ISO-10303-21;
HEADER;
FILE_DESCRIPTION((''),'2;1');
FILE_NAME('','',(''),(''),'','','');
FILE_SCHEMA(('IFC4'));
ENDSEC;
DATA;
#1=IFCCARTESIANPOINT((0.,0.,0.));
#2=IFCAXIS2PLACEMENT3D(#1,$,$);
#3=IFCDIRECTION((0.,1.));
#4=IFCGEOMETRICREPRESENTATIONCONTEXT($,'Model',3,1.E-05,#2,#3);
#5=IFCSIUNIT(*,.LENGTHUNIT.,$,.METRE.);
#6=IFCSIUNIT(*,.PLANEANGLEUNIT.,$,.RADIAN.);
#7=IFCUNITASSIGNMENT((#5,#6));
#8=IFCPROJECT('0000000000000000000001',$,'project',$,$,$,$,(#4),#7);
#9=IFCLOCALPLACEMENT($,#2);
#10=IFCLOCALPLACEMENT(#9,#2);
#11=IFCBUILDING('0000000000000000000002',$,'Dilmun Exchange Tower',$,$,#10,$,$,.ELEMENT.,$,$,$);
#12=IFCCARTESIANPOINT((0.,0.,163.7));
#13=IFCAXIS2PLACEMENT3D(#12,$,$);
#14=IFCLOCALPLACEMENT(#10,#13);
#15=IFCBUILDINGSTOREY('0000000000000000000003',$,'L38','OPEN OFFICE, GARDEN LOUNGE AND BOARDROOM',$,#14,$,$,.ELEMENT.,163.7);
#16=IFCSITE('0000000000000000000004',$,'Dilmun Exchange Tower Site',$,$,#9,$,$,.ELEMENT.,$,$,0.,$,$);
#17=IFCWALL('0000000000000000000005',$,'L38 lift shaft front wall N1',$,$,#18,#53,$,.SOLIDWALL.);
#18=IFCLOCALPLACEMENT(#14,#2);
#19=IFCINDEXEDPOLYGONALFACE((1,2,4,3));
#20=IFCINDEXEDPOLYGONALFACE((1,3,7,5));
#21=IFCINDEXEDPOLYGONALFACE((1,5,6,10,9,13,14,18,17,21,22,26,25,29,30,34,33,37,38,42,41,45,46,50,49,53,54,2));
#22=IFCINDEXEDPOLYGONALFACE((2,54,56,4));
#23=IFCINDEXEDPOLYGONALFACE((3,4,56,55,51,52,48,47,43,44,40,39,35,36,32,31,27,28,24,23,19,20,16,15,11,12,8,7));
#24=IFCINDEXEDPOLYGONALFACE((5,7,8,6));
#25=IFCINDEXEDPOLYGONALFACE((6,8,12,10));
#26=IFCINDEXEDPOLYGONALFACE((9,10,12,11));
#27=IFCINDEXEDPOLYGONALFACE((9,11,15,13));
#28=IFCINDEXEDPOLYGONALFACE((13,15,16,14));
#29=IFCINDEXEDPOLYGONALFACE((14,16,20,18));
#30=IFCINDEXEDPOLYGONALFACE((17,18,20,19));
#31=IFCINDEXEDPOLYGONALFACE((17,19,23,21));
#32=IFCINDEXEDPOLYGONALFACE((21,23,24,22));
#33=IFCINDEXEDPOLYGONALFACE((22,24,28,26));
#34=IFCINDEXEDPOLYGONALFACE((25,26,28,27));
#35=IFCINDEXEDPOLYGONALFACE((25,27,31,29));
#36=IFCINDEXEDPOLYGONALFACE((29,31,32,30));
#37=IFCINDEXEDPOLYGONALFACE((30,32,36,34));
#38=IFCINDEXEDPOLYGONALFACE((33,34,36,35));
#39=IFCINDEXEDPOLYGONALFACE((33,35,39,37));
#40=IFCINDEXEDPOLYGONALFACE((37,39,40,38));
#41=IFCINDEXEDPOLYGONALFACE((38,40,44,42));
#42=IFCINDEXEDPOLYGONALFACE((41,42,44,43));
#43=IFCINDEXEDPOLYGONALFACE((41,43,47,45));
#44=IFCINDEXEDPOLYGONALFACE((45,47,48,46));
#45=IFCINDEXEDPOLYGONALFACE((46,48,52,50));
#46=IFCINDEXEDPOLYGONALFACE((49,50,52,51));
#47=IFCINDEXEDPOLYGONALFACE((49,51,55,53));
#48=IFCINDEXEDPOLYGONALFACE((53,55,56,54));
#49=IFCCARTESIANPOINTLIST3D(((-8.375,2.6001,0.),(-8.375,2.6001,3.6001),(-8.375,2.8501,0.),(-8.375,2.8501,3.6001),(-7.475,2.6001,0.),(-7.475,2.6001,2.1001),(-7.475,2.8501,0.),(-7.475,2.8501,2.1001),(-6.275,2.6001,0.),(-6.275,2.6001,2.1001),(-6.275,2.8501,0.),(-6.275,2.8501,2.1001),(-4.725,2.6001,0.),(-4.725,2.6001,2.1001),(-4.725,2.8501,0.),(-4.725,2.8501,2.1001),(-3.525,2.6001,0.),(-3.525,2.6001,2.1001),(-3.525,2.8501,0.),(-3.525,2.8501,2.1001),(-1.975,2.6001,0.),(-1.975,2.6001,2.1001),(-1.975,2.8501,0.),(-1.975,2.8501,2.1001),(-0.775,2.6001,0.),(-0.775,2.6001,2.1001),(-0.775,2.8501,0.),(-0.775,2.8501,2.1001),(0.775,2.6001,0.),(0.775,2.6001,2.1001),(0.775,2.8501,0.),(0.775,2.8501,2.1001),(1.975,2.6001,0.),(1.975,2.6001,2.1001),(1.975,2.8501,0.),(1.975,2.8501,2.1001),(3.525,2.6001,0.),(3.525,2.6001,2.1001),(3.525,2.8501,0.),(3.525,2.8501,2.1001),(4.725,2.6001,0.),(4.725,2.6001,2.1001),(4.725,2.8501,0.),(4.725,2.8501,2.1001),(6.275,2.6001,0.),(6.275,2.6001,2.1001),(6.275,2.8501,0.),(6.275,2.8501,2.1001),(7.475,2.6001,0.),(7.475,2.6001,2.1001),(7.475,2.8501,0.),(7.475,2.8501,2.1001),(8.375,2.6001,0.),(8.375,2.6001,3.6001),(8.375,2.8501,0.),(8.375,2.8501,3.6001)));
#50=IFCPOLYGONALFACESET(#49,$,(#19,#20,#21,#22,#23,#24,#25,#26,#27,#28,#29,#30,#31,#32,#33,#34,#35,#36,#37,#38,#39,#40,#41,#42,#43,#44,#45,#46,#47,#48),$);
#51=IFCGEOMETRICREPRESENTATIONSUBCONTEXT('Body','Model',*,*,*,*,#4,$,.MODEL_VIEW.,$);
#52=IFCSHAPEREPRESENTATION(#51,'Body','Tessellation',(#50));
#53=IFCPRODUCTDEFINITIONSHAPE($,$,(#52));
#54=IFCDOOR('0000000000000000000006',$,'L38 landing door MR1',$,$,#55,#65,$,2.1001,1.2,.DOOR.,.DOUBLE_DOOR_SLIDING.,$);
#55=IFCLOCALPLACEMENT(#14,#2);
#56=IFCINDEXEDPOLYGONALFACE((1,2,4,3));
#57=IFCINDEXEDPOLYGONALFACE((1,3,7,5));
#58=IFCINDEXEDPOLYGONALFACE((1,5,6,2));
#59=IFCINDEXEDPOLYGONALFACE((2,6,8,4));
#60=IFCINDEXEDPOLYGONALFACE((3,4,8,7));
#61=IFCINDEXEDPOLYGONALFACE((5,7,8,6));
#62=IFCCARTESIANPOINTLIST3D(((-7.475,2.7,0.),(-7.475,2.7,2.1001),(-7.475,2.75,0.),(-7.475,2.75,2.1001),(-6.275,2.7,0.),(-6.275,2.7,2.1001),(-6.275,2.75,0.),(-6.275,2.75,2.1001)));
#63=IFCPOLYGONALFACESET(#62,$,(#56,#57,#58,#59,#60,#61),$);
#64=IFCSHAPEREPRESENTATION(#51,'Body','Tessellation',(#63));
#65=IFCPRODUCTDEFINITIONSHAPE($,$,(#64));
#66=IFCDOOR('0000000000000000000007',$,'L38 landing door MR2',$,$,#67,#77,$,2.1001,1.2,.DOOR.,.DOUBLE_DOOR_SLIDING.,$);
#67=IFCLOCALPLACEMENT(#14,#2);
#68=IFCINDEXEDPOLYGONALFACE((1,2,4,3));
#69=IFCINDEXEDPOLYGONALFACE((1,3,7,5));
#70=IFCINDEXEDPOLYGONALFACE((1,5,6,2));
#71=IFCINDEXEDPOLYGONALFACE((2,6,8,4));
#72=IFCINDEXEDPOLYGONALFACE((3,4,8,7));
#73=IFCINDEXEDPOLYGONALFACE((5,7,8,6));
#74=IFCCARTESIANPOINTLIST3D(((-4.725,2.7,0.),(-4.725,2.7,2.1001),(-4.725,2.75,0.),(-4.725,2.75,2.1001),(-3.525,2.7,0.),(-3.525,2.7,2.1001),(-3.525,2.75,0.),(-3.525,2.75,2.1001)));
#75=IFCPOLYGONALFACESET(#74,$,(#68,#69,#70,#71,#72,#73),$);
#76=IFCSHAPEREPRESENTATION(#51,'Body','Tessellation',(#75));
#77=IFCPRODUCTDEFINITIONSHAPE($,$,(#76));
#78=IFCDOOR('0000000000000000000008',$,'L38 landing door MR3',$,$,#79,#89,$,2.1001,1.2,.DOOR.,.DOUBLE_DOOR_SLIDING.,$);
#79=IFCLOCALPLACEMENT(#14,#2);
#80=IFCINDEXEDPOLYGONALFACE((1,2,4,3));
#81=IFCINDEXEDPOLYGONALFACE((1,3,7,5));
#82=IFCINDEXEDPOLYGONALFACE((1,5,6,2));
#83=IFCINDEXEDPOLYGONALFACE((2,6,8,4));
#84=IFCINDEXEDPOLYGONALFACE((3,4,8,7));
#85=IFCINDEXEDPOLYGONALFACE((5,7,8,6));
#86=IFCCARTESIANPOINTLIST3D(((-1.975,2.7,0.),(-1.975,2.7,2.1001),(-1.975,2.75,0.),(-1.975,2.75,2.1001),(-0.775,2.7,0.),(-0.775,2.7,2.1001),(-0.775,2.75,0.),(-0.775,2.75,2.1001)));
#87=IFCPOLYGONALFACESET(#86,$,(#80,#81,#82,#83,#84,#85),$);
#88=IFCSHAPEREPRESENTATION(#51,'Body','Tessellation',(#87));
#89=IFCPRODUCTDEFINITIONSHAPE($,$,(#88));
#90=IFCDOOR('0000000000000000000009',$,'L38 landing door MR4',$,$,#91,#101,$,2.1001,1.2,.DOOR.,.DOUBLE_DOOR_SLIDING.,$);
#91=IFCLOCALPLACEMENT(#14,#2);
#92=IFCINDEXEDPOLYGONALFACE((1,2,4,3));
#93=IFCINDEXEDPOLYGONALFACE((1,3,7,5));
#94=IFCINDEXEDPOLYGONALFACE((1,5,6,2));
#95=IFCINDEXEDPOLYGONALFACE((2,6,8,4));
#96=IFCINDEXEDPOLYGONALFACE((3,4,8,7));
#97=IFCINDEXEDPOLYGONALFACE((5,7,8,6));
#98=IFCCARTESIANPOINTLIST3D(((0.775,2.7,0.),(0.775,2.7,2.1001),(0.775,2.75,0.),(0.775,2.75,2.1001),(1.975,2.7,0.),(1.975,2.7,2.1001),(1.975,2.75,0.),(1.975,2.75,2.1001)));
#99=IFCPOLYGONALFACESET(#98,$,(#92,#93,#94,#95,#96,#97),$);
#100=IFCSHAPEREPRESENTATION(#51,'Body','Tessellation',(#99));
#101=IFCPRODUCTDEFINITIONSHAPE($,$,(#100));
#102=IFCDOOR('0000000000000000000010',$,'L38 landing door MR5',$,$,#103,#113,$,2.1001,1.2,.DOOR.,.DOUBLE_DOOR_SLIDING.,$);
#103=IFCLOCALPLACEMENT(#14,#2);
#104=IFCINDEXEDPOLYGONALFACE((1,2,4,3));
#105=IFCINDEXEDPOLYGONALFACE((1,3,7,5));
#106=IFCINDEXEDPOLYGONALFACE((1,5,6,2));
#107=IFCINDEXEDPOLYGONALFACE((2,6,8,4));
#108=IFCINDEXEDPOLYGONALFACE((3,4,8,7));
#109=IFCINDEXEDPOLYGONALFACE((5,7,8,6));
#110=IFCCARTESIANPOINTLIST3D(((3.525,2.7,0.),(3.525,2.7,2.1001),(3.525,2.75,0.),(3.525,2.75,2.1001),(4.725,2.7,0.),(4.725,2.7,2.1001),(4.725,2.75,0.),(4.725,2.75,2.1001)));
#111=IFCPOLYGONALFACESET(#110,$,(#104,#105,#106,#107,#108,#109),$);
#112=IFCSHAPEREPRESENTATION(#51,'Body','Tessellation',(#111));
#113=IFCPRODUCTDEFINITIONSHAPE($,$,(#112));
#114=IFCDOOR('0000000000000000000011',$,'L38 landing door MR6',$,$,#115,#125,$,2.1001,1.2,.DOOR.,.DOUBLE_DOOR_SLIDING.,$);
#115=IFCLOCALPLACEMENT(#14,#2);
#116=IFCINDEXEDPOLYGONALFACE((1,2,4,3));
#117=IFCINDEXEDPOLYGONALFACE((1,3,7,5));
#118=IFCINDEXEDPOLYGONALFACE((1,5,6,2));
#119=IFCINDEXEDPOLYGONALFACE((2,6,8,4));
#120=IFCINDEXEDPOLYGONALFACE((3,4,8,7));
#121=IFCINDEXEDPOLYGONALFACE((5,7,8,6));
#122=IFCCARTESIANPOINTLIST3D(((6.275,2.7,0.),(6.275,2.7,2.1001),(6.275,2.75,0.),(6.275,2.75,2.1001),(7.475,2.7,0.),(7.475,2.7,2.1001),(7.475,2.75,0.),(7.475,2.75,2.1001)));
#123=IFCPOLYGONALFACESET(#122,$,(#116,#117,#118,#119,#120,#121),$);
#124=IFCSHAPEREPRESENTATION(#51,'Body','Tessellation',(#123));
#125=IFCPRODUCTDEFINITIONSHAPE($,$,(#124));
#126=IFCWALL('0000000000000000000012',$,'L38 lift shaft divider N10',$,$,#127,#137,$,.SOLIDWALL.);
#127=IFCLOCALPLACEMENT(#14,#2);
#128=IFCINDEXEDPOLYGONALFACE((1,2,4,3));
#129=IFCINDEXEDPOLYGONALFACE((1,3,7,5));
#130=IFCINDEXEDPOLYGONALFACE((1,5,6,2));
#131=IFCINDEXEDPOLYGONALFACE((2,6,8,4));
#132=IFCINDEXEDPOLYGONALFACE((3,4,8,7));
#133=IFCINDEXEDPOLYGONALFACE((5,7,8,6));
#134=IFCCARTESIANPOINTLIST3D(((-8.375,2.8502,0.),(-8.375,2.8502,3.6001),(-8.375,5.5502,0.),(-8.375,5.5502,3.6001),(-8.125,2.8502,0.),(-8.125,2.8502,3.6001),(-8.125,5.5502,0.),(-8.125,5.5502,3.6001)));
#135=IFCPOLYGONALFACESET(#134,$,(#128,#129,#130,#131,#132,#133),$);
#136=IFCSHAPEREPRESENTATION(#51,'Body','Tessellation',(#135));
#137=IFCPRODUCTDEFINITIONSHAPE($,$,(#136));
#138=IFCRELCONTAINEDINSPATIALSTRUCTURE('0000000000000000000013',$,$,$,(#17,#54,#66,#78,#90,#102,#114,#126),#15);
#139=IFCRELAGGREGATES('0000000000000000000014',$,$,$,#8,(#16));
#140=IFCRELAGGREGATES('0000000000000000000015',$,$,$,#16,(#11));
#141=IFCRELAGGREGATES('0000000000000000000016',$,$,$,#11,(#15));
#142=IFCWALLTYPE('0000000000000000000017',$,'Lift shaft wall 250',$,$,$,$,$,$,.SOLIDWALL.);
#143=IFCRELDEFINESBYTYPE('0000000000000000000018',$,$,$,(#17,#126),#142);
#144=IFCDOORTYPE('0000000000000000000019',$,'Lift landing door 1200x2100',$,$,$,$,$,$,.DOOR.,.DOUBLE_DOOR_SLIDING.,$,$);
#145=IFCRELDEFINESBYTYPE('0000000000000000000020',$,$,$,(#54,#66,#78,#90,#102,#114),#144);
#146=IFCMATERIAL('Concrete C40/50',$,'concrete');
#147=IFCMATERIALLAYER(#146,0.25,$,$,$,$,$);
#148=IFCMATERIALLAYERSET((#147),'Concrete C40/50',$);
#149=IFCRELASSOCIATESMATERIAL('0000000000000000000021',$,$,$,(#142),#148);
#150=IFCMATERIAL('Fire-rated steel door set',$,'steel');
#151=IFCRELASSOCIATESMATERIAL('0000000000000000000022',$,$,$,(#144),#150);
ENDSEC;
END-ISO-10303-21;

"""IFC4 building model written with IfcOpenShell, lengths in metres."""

from ifc_helpers import new_model, si_unit, direction, frame, frame_2d, origin, place, context, subcontext, project, spatial, rectangle, extrude, material, layer, layer_set, type_object, element, fill, save


model = new_model("IFC4")

# Units and contexts
model_context = context("Model", 3, precision=1e-05, world=origin(), true_north=direction((0.0, 1.0)))
body_context = subcontext(model_context, "Body", "Model", "MODEL_VIEW")
ifc_project = project(units=[si_unit("LENGTHUNIT", "METRE"), si_unit("PLANEANGLEUNIT", "RADIAN")], contexts=[model_context])

# Site, building, storey
site_placement = place(None, origin())
site = spatial("IfcSite", under=ifc_project, at=site_placement, Name="Dilmun Exchange Tower Site", CompositionType="ELEMENT", RefElevation=0.0)
building_placement = place(site_placement, origin())
building = spatial("IfcBuilding", under=site, at=building_placement, Name="Dilmun Exchange Tower", CompositionType="ELEMENT")
storey_placement = place(building_placement, frame((0.0, 0.0, 163.7)))
storey = spatial("IfcBuildingStorey", under=building, at=storey_placement, Name="L38", Description="OPEN OFFICE, GARDEN LOUNGE AND BOARDROOM", CompositionType="ELEMENT", Elevation=163.7)

# Shared definitions
ifc_material_1 = material(Name="Concrete C40/50", Category="concrete")

# Shared definitions
ifc_material_2 = material(Name="Fire-rated steel door set", Category="steel")

# Wall, openings, doors
ifc_layer_1 = layer(ifc_material_1, 0.25)
ifc_layer_set_1 = layer_set([ifc_layer_1], Name="Concrete C40/50")
wall_type_1 = type_object("IfcWallType", Name="Lift shaft wall 250", PredefinedType="SOLIDWALL", material=ifc_layer_set_1)
wall_1_placement = place(storey_placement, frame((-8.375, 2.7251, 0.0), z_axis=(0.0, 0.0, 1.0), x_axis=(1.0, 0.0, 0.0)))
wall_1 = element("IfcWall", 1, at=wall_1_placement, inside=storey, type_object=wall_type_1, Name="L38 lift shaft front wall N1", PredefinedType="SOLIDWALL", context=body_context, shape_type="SweptSolid", body=[
    extrude(rectangle(XDim=16.75, YDim=0.25, at=frame_2d((8.375, 0.0))), origin(), (0.0, 0.0, 1.0), 3.6001),
])
opening_1_placement = place(wall_1_placement, frame((0.8999, 0.0, 0.0)))
opening_1 = element("IfcOpeningElement", 2, at=opening_1_placement, cuts=wall_1, PredefinedType="OPENING", context=body_context, shape_type="SweptSolid", body=[
    extrude(rectangle(XDim=1.2, YDim=2.1001, at=frame_2d((0.6001, 1.05))), frame((0.0, 0.135, 0.0), z_axis=(0.0, -1.0, 0.0), x_axis=(1.0, 0.0, 0.0)), (0.0, 0.0, 1.0), 0.27),
])
opening_2_placement = place(wall_1_placement, frame((3.6499, 0.0, 0.0)))
opening_2 = element("IfcOpeningElement", 3, at=opening_2_placement, cuts=wall_1, PredefinedType="OPENING", context=body_context, shape_type="SweptSolid", body=[
    extrude(rectangle(XDim=1.2, YDim=2.1001, at=frame_2d((0.6001, 1.05))), frame((0.0, 0.135, 0.0), z_axis=(0.0, -1.0, 0.0), x_axis=(1.0, 0.0, 0.0)), (0.0, 0.0, 1.0), 0.27),
])
opening_3_placement = place(wall_1_placement, frame((6.3999, 0.0, 0.0)))
opening_3 = element("IfcOpeningElement", 4, at=opening_3_placement, cuts=wall_1, PredefinedType="OPENING", context=body_context, shape_type="SweptSolid", body=[
    extrude(rectangle(XDim=1.2, YDim=2.1001, at=frame_2d((0.6001, 1.05))), frame((0.0, 0.135, 0.0), z_axis=(0.0, -1.0, 0.0), x_axis=(1.0, 0.0, 0.0)), (0.0, 0.0, 1.0), 0.27),
])
opening_4_placement = place(wall_1_placement, frame((9.1499, 0.0, 0.0)))
opening_4 = element("IfcOpeningElement", 5, at=opening_4_placement, cuts=wall_1, PredefinedType="OPENING", context=body_context, shape_type="SweptSolid", body=[
    extrude(rectangle(XDim=1.2, YDim=2.1001, at=frame_2d((0.6001, 1.05))), frame((0.0, 0.135, 0.0), z_axis=(0.0, -1.0, 0.0), x_axis=(1.0, 0.0, 0.0)), (0.0, 0.0, 1.0), 0.27),
])
opening_5_placement = place(wall_1_placement, frame((11.8999, 0.0, 0.0)))
opening_5 = element("IfcOpeningElement", 6, at=opening_5_placement, cuts=wall_1, PredefinedType="OPENING", context=body_context, shape_type="SweptSolid", body=[
    extrude(rectangle(XDim=1.2, YDim=2.1001, at=frame_2d((0.6001, 1.05))), frame((0.0, 0.135, 0.0), z_axis=(0.0, -1.0, 0.0), x_axis=(1.0, 0.0, 0.0)), (0.0, 0.0, 1.0), 0.27),
])
opening_6_placement = place(wall_1_placement, frame((14.6499, 0.0, 0.0)))
opening_6 = element("IfcOpeningElement", 7, at=opening_6_placement, cuts=wall_1, PredefinedType="OPENING", context=body_context, shape_type="SweptSolid", body=[
    extrude(rectangle(XDim=1.2, YDim=2.1001, at=frame_2d((0.6001, 1.05))), frame((0.0, 0.135, 0.0), z_axis=(0.0, -1.0, 0.0), x_axis=(1.0, 0.0, 0.0)), (0.0, 0.0, 1.0), 0.27),
])
door_type_1 = type_object("IfcDoorType", Name="Lift landing door 1200x2100", OperationType="DOUBLE_DOOR_SLIDING", PredefinedType="DOOR", material=ifc_material_2)
door_1_placement = place(opening_1_placement, origin())
door_1 = element("IfcDoor", 8, at=door_1_placement, inside=storey, type_object=door_type_1, Name="L38 landing door MR1", OperationType="DOUBLE_DOOR_SLIDING", OverallHeight=2.1001, OverallWidth=1.2, PredefinedType="DOOR", context=body_context, shape_type="SweptSolid", body=[
    extrude(rectangle(XDim=1.2, YDim=2.1001, at=frame_2d((0.6001, 1.05))), frame((0.0, 0.0249, 0.0), z_axis=(0.0, -1.0, 0.0), x_axis=(1.0, 0.0, 0.0)), (0.0, 0.0, 1.0), 0.05),
])
fill(opening_1, door_1)
door_2_placement = place(opening_2_placement, origin())
door_2 = element("IfcDoor", 9, at=door_2_placement, inside=storey, type_object=door_type_1, Name="L38 landing door MR2", OperationType="DOUBLE_DOOR_SLIDING", OverallHeight=2.1001, OverallWidth=1.2, PredefinedType="DOOR", context=body_context, shape_type="SweptSolid", body=[
    extrude(rectangle(XDim=1.2, YDim=2.1001, at=frame_2d((0.6001, 1.05))), frame((0.0, 0.0249, 0.0), z_axis=(0.0, -1.0, 0.0), x_axis=(1.0, 0.0, 0.0)), (0.0, 0.0, 1.0), 0.05),
])
fill(opening_2, door_2)
door_3_placement = place(opening_3_placement, origin())
door_3 = element("IfcDoor", 10, at=door_3_placement, inside=storey, type_object=door_type_1, Name="L38 landing door MR3", OperationType="DOUBLE_DOOR_SLIDING", OverallHeight=2.1001, OverallWidth=1.2, PredefinedType="DOOR", context=body_context, shape_type="SweptSolid", body=[
    extrude(rectangle(XDim=1.2, YDim=2.1001, at=frame_2d((0.6001, 1.05))), frame((0.0, 0.0249, 0.0), z_axis=(0.0, -1.0, 0.0), x_axis=(1.0, 0.0, 0.0)), (0.0, 0.0, 1.0), 0.05),
])
fill(opening_3, door_3)
door_4_placement = place(opening_4_placement, origin())
door_4 = element("IfcDoor", 11, at=door_4_placement, inside=storey, type_object=door_type_1, Name="L38 landing door MR4", OperationType="DOUBLE_DOOR_SLIDING", OverallHeight=2.1001, OverallWidth=1.2, PredefinedType="DOOR", context=body_context, shape_type="SweptSolid", body=[
    extrude(rectangle(XDim=1.2, YDim=2.1001, at=frame_2d((0.6001, 1.05))), frame((0.0, 0.0249, 0.0), z_axis=(0.0, -1.0, 0.0), x_axis=(1.0, 0.0, 0.0)), (0.0, 0.0, 1.0), 0.05),
])
fill(opening_4, door_4)
door_5_placement = place(opening_5_placement, origin())
door_5 = element("IfcDoor", 12, at=door_5_placement, inside=storey, type_object=door_type_1, Name="L38 landing door MR5", OperationType="DOUBLE_DOOR_SLIDING", OverallHeight=2.1001, OverallWidth=1.2, PredefinedType="DOOR", context=body_context, shape_type="SweptSolid", body=[
    extrude(rectangle(XDim=1.2, YDim=2.1001, at=frame_2d((0.6001, 1.05))), frame((0.0, 0.0249, 0.0), z_axis=(0.0, -1.0, 0.0), x_axis=(1.0, 0.0, 0.0)), (0.0, 0.0, 1.0), 0.05),
])
fill(opening_5, door_5)
door_6_placement = place(opening_6_placement, origin())
door_6 = element("IfcDoor", 13, at=door_6_placement, inside=storey, type_object=door_type_1, Name="L38 landing door MR6", OperationType="DOUBLE_DOOR_SLIDING", OverallHeight=2.1001, OverallWidth=1.2, PredefinedType="DOOR", context=body_context, shape_type="SweptSolid", body=[
    extrude(rectangle(XDim=1.2, YDim=2.1001, at=frame_2d((0.6001, 1.05))), frame((0.0, 0.0249, 0.0), z_axis=(0.0, -1.0, 0.0), x_axis=(1.0, 0.0, 0.0)), (0.0, 0.0, 1.0), 0.05),
])
fill(opening_6, door_6)

# Wall
wall_2_placement = place(storey_placement, frame((-8.25, 2.8501, 0.0), z_axis=(0.0, 0.0, 1.0), x_axis=(0.0, 1.0, 0.0)))
element("IfcWall", 14, at=wall_2_placement, inside=storey, type_object=wall_type_1, Name="L38 lift shaft divider N10", PredefinedType="SOLIDWALL", context=body_context, shape_type="SweptSolid", body=[
    extrude(rectangle(XDim=2.7, YDim=0.25, at=frame_2d((1.3501, 0.0))), origin(), (0.0, 0.0, 1.0), 3.6001),
])

save(model, "model.ifc")
